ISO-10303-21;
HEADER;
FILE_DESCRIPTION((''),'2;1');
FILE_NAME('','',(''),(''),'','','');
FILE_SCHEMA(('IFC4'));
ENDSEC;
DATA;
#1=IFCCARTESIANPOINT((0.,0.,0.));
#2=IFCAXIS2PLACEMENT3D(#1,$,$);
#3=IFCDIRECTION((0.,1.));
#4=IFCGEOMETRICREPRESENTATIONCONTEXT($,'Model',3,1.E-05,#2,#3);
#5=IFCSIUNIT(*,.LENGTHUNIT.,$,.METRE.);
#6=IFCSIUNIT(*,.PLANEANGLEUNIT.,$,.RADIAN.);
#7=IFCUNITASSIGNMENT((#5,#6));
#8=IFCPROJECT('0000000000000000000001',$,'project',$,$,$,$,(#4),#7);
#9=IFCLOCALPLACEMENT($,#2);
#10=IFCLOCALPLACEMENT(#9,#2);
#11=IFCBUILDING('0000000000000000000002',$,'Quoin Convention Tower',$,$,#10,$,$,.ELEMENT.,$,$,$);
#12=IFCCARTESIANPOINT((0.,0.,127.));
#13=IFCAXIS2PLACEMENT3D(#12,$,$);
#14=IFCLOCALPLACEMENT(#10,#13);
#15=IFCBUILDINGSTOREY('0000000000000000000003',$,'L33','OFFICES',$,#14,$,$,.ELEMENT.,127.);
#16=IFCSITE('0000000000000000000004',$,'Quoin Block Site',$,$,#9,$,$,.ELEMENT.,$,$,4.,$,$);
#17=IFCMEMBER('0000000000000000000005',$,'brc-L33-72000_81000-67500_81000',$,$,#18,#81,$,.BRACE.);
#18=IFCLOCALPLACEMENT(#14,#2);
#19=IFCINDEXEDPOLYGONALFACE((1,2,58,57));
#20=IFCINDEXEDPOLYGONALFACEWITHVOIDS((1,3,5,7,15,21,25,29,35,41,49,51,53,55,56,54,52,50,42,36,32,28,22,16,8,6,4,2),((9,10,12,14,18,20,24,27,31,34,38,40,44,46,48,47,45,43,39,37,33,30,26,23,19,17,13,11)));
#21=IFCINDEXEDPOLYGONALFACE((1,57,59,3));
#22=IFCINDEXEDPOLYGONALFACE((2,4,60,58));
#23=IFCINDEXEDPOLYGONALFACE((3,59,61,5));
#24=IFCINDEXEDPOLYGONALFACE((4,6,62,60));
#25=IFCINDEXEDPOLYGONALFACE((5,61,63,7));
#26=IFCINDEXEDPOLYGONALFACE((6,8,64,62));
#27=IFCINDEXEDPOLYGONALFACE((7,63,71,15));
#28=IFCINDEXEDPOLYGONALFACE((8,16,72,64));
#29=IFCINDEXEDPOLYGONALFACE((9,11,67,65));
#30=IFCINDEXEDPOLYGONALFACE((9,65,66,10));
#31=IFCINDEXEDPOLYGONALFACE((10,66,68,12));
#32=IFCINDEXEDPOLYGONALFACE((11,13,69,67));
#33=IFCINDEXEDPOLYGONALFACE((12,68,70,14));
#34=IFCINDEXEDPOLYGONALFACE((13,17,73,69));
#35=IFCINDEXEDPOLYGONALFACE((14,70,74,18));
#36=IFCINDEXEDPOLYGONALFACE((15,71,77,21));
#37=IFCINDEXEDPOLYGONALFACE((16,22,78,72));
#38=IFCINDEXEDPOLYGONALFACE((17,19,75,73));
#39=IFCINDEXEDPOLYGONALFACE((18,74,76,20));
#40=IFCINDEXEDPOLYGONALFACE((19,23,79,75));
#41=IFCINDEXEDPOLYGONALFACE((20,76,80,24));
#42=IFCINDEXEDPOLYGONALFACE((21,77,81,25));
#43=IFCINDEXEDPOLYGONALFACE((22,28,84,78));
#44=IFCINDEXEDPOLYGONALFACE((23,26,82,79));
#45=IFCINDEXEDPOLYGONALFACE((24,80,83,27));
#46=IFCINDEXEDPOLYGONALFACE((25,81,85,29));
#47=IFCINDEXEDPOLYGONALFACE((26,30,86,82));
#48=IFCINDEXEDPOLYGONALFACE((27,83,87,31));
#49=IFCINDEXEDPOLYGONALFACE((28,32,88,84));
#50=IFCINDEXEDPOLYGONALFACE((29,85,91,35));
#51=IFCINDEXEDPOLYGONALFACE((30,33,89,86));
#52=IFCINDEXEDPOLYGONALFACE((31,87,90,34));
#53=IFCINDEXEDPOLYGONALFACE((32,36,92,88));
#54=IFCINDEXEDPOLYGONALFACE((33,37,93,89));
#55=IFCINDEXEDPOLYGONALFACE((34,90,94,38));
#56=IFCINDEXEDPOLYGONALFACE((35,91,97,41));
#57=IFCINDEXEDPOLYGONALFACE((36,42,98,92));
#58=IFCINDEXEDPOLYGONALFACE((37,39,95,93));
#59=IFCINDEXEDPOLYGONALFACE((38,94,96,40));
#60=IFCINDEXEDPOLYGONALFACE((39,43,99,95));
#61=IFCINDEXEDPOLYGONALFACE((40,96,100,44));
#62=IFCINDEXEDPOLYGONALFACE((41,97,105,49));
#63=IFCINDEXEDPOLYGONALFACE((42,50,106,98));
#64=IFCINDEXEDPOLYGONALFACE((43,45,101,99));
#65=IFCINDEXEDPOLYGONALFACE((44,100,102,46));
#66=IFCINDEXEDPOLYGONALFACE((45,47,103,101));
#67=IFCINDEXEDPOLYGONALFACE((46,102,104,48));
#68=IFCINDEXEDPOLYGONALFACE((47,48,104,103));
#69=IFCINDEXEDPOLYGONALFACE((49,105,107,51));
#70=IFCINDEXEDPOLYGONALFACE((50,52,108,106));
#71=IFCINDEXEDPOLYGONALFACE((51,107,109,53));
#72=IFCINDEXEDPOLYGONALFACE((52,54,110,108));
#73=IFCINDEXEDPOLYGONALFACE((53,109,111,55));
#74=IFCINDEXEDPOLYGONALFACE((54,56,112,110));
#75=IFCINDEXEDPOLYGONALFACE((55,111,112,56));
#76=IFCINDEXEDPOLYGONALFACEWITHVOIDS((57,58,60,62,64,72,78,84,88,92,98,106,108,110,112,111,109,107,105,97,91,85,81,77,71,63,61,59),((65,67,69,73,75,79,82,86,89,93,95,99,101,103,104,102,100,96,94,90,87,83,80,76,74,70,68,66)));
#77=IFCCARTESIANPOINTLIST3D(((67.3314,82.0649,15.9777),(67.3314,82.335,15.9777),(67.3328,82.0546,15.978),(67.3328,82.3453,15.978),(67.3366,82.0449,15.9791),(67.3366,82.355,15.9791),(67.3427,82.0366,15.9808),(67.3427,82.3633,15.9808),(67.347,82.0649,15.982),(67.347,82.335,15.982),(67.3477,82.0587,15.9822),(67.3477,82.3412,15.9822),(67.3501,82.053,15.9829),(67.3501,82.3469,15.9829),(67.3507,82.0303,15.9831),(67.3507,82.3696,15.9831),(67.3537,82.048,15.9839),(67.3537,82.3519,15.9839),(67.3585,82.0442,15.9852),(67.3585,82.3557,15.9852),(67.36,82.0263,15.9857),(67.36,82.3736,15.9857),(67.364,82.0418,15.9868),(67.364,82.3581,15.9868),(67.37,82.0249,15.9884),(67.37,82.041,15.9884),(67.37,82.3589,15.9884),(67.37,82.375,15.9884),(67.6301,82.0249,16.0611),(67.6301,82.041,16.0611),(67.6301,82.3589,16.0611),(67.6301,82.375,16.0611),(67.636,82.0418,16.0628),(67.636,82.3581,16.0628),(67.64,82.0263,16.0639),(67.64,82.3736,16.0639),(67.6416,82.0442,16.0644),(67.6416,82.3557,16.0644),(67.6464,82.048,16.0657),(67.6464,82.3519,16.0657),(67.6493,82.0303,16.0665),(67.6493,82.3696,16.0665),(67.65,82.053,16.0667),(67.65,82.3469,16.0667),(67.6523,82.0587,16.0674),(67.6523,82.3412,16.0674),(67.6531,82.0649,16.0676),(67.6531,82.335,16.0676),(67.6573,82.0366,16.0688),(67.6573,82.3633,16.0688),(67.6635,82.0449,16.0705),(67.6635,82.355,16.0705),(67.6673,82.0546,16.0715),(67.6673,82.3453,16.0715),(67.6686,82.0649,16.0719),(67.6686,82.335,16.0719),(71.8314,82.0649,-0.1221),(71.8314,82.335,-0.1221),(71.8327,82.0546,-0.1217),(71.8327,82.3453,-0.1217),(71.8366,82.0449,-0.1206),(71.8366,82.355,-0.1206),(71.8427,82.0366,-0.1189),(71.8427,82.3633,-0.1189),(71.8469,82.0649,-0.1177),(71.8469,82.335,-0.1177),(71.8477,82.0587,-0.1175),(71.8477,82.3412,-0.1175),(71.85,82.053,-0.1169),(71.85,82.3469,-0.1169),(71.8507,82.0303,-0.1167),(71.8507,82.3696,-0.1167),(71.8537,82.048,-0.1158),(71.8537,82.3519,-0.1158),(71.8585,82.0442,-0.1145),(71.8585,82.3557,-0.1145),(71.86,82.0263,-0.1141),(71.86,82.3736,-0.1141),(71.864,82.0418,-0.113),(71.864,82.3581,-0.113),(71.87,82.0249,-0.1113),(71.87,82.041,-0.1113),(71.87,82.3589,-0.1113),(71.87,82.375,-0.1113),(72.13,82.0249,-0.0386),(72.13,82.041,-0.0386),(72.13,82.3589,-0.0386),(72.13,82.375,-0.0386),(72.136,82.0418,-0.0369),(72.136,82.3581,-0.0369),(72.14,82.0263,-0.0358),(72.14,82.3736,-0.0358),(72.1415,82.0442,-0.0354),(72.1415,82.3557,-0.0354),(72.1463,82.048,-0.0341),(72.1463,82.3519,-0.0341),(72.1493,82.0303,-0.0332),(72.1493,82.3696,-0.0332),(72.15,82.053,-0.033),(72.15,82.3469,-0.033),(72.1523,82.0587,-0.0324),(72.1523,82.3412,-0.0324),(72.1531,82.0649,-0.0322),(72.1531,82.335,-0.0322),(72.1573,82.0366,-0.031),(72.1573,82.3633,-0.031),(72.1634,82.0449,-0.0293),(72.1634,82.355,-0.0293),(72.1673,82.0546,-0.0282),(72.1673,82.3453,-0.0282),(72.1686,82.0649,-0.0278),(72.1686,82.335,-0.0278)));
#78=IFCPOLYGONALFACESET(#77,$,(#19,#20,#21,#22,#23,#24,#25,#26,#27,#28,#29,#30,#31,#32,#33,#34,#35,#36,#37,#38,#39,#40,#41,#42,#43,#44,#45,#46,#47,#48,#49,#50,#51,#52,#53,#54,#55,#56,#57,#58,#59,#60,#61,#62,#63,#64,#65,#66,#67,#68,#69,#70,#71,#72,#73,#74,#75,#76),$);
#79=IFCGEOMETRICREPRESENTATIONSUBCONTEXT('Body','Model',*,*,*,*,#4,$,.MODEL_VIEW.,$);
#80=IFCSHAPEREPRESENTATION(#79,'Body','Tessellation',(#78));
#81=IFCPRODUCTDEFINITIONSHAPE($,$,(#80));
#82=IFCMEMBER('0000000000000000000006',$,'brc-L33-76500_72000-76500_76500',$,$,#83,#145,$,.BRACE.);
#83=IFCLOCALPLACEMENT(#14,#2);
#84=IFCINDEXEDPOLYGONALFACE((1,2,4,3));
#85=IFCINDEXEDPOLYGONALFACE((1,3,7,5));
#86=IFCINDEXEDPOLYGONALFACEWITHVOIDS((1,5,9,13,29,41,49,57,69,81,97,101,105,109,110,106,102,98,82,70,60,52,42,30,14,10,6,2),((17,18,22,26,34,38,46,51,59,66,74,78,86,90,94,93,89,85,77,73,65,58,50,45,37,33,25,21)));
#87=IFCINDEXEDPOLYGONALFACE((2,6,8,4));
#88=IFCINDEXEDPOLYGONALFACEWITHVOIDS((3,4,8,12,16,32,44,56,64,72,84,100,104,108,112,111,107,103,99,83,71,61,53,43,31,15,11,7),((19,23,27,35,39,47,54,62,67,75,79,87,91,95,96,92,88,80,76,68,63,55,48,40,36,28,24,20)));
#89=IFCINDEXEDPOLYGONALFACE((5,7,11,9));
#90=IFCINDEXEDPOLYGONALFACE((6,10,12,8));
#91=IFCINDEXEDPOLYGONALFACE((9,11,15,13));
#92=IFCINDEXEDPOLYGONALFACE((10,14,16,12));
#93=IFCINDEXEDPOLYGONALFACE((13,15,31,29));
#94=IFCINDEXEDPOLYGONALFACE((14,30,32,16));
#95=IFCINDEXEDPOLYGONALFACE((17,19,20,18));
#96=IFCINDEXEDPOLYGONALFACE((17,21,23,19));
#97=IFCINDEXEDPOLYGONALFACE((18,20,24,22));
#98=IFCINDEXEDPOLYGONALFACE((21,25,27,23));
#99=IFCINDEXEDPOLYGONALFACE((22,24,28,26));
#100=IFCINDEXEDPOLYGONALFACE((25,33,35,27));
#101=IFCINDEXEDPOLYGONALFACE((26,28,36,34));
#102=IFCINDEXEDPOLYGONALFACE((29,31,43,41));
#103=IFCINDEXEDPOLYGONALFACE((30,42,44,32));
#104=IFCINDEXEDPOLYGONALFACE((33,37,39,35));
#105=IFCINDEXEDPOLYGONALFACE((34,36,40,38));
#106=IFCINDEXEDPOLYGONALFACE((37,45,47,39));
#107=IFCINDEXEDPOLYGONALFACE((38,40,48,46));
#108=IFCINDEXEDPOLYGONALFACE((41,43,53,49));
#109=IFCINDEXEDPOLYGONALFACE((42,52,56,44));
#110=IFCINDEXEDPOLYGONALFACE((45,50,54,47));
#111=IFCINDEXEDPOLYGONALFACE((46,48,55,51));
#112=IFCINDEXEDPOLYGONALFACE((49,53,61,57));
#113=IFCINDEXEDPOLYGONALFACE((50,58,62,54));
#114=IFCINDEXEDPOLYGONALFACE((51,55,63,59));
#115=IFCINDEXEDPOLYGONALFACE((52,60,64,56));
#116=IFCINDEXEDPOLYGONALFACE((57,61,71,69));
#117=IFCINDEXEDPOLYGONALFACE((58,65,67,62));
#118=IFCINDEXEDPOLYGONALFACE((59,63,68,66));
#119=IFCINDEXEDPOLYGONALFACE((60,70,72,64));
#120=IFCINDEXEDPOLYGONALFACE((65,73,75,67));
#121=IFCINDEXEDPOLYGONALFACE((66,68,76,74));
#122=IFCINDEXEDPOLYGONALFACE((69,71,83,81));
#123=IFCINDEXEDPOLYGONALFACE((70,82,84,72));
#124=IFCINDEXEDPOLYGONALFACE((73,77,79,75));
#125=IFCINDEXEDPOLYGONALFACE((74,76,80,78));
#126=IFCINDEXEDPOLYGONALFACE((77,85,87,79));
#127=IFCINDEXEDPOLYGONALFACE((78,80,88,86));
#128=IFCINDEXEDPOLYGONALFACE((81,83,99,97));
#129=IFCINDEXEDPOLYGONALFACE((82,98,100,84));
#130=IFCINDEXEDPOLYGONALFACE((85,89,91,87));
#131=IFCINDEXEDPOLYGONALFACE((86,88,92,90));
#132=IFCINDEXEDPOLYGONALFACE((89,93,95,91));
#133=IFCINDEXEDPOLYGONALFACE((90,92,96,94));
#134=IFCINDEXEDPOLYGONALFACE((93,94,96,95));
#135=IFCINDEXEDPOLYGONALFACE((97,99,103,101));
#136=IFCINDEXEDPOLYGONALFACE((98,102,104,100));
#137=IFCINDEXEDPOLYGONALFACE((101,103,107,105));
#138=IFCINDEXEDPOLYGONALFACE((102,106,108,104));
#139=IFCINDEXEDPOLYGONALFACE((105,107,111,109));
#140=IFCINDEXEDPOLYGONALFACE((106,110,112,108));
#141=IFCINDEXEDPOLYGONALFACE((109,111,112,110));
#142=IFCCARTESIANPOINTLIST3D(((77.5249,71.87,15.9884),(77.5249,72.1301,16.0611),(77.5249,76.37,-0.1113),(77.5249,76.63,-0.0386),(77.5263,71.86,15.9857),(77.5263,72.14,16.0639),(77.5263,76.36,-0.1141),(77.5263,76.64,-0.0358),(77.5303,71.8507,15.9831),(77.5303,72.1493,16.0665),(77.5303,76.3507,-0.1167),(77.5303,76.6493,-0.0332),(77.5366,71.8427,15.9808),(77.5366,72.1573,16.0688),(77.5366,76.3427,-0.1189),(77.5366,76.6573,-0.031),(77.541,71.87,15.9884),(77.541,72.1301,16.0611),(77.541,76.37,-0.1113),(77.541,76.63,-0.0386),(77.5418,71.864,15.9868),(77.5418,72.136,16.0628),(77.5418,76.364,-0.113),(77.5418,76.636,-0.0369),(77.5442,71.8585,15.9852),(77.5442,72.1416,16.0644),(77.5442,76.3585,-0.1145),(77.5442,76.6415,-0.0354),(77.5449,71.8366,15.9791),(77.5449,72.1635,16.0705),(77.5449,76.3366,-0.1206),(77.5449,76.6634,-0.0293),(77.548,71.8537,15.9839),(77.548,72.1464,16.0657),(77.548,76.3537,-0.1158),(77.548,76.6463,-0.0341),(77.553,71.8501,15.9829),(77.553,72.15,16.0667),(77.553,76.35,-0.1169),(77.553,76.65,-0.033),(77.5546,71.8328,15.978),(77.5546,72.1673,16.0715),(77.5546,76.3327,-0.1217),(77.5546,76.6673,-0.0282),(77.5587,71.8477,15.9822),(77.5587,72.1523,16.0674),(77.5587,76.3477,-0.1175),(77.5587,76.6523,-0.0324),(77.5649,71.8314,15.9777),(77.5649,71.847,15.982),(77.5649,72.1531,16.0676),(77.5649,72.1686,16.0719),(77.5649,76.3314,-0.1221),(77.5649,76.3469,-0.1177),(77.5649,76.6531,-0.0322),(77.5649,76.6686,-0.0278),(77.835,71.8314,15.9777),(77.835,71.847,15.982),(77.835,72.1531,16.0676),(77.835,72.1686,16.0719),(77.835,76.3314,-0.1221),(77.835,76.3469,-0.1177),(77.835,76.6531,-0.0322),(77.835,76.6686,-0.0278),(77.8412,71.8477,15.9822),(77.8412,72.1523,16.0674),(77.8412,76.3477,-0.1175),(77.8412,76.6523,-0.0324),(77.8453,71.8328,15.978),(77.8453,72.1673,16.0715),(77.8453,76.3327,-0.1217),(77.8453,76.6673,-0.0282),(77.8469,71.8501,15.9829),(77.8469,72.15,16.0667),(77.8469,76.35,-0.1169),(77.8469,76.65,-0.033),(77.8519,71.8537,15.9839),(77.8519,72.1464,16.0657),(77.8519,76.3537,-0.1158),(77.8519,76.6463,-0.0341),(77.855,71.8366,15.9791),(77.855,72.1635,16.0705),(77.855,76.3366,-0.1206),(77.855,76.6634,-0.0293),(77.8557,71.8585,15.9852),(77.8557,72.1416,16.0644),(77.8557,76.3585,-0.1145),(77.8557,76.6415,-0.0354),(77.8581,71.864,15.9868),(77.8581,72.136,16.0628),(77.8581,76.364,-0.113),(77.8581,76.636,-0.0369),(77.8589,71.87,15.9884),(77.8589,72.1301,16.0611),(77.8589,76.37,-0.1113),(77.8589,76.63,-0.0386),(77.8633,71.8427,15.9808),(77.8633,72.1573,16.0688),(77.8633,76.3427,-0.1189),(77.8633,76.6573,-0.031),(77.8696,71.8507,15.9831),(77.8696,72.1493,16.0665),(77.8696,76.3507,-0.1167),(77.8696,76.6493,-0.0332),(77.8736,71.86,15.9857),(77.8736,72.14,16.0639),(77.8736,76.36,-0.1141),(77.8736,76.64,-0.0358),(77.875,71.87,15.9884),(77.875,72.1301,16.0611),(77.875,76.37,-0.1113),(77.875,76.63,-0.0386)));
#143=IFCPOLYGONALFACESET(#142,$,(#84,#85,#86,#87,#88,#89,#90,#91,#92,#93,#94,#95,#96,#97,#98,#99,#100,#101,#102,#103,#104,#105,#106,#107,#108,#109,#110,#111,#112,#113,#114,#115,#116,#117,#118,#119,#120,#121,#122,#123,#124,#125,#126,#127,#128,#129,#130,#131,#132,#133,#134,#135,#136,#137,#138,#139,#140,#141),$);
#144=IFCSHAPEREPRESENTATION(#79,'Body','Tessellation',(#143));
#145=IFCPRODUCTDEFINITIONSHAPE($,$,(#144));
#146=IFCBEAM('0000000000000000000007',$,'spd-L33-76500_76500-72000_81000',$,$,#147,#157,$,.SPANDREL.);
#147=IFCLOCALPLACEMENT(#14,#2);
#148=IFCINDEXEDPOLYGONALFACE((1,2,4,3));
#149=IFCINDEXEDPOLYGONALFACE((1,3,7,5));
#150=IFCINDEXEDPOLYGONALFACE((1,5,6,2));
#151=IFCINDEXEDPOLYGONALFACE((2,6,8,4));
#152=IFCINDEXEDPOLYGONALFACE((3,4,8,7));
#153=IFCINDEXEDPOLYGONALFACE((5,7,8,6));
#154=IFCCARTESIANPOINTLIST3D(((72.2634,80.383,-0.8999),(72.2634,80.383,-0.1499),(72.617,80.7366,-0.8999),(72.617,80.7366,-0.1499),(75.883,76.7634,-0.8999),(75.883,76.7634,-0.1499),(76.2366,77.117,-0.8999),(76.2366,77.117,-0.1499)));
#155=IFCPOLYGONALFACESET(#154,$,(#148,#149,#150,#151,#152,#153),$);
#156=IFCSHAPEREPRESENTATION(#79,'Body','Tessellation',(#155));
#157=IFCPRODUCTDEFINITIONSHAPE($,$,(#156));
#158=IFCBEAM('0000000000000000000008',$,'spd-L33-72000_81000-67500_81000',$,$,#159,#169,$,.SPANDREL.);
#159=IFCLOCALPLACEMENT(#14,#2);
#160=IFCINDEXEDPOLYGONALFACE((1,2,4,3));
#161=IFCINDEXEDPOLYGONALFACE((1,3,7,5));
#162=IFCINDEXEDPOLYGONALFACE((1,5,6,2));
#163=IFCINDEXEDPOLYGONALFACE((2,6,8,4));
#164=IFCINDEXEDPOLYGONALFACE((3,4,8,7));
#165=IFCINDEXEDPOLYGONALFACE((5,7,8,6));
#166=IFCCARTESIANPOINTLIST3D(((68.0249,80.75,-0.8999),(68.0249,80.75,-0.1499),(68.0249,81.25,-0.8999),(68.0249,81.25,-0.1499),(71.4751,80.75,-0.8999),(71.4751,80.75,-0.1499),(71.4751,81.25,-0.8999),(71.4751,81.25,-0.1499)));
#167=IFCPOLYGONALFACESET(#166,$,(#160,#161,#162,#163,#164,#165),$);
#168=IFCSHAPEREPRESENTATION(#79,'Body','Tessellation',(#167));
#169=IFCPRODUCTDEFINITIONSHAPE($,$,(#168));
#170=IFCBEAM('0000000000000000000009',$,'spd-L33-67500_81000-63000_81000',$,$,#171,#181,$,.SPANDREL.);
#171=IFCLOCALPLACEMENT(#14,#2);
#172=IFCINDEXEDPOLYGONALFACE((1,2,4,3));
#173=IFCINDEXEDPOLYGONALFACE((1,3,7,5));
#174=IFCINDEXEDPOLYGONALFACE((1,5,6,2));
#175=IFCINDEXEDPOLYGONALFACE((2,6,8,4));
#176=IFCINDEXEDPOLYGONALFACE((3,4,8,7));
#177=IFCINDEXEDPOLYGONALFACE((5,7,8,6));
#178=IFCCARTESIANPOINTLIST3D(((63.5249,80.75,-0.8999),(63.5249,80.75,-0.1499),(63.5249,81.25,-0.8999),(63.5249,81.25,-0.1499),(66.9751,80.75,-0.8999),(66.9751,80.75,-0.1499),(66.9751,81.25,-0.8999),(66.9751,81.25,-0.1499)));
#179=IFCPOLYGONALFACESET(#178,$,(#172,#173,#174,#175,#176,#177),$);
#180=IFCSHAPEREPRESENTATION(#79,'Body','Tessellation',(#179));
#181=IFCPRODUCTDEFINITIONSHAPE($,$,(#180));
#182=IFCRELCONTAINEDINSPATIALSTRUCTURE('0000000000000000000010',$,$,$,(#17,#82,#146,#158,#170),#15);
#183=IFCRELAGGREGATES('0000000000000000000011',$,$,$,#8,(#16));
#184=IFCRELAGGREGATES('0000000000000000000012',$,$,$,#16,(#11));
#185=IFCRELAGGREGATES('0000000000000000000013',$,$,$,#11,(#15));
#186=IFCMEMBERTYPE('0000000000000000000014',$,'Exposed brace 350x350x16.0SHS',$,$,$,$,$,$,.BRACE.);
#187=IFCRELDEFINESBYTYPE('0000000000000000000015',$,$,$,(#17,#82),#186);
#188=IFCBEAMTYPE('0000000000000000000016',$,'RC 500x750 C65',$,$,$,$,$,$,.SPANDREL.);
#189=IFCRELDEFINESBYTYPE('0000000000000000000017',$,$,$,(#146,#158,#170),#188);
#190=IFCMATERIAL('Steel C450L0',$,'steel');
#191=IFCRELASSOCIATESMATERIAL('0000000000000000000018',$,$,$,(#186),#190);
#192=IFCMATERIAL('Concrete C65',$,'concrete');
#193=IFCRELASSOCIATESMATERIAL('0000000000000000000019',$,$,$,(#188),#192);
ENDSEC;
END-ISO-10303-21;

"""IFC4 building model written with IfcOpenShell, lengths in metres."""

from ifc_helpers import new_model, si_unit, direction, frame, origin, origin_2d, place, context, subcontext, project, spatial, rectangle, hollow_rectangle, extrude, material, material_profile, profile_set, type_object, element, save


model = new_model("IFC4")

# Units and contexts
model_context = context("Model", 3, precision=1e-05, world=origin(), true_north=direction((0.0, 1.0)))
body_context = subcontext(model_context, "Body", "Model", "MODEL_VIEW")
ifc_project = project(units=[si_unit("LENGTHUNIT", "METRE"), si_unit("PLANEANGLEUNIT", "RADIAN")], contexts=[model_context])

# Site, building, storey
site_placement = place(None, origin())
site = spatial("IfcSite", under=ifc_project, at=site_placement, Name="Quoin Block Site", CompositionType="ELEMENT", RefElevation=4.0)
building_placement = place(site_placement, origin())
building = spatial("IfcBuilding", under=site, at=building_placement, Name="Quoin Convention Tower", CompositionType="ELEMENT")
storey_placement = place(building_placement, frame((0.0, 0.0, 127.0)))
storey = spatial("IfcBuildingStorey", under=building, at=storey_placement, Name="L33", Description="OFFICES", CompositionType="ELEMENT", Elevation=127.0)

# Shared definitions
ifc_material_1 = material(Name="Concrete C65", Category="concrete")

# Members
ifc_material_2 = material(Name="Steel C450L0", Category="steel")
ifc_material_profile_1 = material_profile(ifc_material_2, hollow_rectangle(XDim=0.3501, YDim=0.3501, WallThickness=0.0161, InnerFilletRadius=0.0239, OuterFilletRadius=0.04, at=origin_2d()), Name="350x350x16.0SHS")
ifc_profile_set_1 = profile_set([ifc_material_profile_1], Name="Steel C450L0")
member_type = type_object("IfcMemberType", Name="Exposed brace 350x350x16.0SHS", PredefinedType="BRACE", material=ifc_profile_set_1)
for number, where, z_axis, x_axis, name in (
    (1, (72.0, 82.2, -0.075), (-0.269188, 0.0, 0.963088), (0.0, -1.0, 0.0), "brc-L33-72000_81000-67500_81000"),
    (2, (77.7, 76.5, -0.075), (0.0, -0.269188, 0.963088), (1.0, 0.0, 0.0), "brc-L33-76500_72000-76500_76500"),
):
    element("IfcMember", number, at=place(storey_placement, frame(where, z_axis=z_axis, x_axis=x_axis)), inside=storey, type_object=member_type, Name=name, PredefinedType="BRACE", context=body_context, shape_type="SweptSolid", body=[
        extrude(hollow_rectangle(XDim=0.3501, YDim=0.3501, WallThickness=0.0161, InnerFilletRadius=0.0239, OuterFilletRadius=0.04, at=origin_2d()), origin(), (0.0, 0.0, 1.0), 16.7168),
    ])

# Beams
ifc_material_profile_2 = material_profile(ifc_material_1, rectangle(XDim=0.5, YDim=0.75, at=origin_2d()), Name="RC 500x750")
ifc_profile_set_2 = profile_set([ifc_material_profile_2], Name="Concrete C65")
beam_type_1 = type_object("IfcBeamType", Name="RC 500x750 C65", PredefinedType="SPANDREL", material=ifc_profile_set_2)
beam_1_placement = place(storey_placement, frame((76.0598, 76.9402, -0.5249), z_axis=(-0.707107, 0.707107, 0.0), x_axis=(-0.707107, -0.707107, 0.0)))
element("IfcBeam", 3, at=beam_1_placement, inside=storey, type_object=beam_type_1, Name="spd-L33-76500_76500-72000_81000", PredefinedType="SPANDREL", context=body_context, shape_type="SweptSolid", body=[
    extrude(rectangle(XDim=0.5, YDim=0.75, at=origin_2d()), origin(), (0.0, 0.0, 1.0), 5.1189),
])
for number, where, z_axis, x_axis, name in (
    (4, (71.4751, 81.0, -0.5249), (-1.0, 0.0, 0.0), (0.0, -1.0, 0.0), "spd-L33-72000_81000-67500_81000"),
    (5, (66.9751, 81.0, -0.5249), (-1.0, 0.0, 0.0), (0.0, -1.0, 0.0), "spd-L33-67500_81000-63000_81000"),
):
    element("IfcBeam", number, at=place(storey_placement, frame(where, z_axis=z_axis, x_axis=x_axis)), inside=storey, type_object=beam_type_1, Name=name, PredefinedType="SPANDREL", context=body_context, shape_type="SweptSolid", body=[
        extrude(rectangle(XDim=0.5, YDim=0.75, at=origin_2d()), origin(), (0.0, 0.0, 1.0), 3.4502),
    ])

save(model, "model.ifc")
